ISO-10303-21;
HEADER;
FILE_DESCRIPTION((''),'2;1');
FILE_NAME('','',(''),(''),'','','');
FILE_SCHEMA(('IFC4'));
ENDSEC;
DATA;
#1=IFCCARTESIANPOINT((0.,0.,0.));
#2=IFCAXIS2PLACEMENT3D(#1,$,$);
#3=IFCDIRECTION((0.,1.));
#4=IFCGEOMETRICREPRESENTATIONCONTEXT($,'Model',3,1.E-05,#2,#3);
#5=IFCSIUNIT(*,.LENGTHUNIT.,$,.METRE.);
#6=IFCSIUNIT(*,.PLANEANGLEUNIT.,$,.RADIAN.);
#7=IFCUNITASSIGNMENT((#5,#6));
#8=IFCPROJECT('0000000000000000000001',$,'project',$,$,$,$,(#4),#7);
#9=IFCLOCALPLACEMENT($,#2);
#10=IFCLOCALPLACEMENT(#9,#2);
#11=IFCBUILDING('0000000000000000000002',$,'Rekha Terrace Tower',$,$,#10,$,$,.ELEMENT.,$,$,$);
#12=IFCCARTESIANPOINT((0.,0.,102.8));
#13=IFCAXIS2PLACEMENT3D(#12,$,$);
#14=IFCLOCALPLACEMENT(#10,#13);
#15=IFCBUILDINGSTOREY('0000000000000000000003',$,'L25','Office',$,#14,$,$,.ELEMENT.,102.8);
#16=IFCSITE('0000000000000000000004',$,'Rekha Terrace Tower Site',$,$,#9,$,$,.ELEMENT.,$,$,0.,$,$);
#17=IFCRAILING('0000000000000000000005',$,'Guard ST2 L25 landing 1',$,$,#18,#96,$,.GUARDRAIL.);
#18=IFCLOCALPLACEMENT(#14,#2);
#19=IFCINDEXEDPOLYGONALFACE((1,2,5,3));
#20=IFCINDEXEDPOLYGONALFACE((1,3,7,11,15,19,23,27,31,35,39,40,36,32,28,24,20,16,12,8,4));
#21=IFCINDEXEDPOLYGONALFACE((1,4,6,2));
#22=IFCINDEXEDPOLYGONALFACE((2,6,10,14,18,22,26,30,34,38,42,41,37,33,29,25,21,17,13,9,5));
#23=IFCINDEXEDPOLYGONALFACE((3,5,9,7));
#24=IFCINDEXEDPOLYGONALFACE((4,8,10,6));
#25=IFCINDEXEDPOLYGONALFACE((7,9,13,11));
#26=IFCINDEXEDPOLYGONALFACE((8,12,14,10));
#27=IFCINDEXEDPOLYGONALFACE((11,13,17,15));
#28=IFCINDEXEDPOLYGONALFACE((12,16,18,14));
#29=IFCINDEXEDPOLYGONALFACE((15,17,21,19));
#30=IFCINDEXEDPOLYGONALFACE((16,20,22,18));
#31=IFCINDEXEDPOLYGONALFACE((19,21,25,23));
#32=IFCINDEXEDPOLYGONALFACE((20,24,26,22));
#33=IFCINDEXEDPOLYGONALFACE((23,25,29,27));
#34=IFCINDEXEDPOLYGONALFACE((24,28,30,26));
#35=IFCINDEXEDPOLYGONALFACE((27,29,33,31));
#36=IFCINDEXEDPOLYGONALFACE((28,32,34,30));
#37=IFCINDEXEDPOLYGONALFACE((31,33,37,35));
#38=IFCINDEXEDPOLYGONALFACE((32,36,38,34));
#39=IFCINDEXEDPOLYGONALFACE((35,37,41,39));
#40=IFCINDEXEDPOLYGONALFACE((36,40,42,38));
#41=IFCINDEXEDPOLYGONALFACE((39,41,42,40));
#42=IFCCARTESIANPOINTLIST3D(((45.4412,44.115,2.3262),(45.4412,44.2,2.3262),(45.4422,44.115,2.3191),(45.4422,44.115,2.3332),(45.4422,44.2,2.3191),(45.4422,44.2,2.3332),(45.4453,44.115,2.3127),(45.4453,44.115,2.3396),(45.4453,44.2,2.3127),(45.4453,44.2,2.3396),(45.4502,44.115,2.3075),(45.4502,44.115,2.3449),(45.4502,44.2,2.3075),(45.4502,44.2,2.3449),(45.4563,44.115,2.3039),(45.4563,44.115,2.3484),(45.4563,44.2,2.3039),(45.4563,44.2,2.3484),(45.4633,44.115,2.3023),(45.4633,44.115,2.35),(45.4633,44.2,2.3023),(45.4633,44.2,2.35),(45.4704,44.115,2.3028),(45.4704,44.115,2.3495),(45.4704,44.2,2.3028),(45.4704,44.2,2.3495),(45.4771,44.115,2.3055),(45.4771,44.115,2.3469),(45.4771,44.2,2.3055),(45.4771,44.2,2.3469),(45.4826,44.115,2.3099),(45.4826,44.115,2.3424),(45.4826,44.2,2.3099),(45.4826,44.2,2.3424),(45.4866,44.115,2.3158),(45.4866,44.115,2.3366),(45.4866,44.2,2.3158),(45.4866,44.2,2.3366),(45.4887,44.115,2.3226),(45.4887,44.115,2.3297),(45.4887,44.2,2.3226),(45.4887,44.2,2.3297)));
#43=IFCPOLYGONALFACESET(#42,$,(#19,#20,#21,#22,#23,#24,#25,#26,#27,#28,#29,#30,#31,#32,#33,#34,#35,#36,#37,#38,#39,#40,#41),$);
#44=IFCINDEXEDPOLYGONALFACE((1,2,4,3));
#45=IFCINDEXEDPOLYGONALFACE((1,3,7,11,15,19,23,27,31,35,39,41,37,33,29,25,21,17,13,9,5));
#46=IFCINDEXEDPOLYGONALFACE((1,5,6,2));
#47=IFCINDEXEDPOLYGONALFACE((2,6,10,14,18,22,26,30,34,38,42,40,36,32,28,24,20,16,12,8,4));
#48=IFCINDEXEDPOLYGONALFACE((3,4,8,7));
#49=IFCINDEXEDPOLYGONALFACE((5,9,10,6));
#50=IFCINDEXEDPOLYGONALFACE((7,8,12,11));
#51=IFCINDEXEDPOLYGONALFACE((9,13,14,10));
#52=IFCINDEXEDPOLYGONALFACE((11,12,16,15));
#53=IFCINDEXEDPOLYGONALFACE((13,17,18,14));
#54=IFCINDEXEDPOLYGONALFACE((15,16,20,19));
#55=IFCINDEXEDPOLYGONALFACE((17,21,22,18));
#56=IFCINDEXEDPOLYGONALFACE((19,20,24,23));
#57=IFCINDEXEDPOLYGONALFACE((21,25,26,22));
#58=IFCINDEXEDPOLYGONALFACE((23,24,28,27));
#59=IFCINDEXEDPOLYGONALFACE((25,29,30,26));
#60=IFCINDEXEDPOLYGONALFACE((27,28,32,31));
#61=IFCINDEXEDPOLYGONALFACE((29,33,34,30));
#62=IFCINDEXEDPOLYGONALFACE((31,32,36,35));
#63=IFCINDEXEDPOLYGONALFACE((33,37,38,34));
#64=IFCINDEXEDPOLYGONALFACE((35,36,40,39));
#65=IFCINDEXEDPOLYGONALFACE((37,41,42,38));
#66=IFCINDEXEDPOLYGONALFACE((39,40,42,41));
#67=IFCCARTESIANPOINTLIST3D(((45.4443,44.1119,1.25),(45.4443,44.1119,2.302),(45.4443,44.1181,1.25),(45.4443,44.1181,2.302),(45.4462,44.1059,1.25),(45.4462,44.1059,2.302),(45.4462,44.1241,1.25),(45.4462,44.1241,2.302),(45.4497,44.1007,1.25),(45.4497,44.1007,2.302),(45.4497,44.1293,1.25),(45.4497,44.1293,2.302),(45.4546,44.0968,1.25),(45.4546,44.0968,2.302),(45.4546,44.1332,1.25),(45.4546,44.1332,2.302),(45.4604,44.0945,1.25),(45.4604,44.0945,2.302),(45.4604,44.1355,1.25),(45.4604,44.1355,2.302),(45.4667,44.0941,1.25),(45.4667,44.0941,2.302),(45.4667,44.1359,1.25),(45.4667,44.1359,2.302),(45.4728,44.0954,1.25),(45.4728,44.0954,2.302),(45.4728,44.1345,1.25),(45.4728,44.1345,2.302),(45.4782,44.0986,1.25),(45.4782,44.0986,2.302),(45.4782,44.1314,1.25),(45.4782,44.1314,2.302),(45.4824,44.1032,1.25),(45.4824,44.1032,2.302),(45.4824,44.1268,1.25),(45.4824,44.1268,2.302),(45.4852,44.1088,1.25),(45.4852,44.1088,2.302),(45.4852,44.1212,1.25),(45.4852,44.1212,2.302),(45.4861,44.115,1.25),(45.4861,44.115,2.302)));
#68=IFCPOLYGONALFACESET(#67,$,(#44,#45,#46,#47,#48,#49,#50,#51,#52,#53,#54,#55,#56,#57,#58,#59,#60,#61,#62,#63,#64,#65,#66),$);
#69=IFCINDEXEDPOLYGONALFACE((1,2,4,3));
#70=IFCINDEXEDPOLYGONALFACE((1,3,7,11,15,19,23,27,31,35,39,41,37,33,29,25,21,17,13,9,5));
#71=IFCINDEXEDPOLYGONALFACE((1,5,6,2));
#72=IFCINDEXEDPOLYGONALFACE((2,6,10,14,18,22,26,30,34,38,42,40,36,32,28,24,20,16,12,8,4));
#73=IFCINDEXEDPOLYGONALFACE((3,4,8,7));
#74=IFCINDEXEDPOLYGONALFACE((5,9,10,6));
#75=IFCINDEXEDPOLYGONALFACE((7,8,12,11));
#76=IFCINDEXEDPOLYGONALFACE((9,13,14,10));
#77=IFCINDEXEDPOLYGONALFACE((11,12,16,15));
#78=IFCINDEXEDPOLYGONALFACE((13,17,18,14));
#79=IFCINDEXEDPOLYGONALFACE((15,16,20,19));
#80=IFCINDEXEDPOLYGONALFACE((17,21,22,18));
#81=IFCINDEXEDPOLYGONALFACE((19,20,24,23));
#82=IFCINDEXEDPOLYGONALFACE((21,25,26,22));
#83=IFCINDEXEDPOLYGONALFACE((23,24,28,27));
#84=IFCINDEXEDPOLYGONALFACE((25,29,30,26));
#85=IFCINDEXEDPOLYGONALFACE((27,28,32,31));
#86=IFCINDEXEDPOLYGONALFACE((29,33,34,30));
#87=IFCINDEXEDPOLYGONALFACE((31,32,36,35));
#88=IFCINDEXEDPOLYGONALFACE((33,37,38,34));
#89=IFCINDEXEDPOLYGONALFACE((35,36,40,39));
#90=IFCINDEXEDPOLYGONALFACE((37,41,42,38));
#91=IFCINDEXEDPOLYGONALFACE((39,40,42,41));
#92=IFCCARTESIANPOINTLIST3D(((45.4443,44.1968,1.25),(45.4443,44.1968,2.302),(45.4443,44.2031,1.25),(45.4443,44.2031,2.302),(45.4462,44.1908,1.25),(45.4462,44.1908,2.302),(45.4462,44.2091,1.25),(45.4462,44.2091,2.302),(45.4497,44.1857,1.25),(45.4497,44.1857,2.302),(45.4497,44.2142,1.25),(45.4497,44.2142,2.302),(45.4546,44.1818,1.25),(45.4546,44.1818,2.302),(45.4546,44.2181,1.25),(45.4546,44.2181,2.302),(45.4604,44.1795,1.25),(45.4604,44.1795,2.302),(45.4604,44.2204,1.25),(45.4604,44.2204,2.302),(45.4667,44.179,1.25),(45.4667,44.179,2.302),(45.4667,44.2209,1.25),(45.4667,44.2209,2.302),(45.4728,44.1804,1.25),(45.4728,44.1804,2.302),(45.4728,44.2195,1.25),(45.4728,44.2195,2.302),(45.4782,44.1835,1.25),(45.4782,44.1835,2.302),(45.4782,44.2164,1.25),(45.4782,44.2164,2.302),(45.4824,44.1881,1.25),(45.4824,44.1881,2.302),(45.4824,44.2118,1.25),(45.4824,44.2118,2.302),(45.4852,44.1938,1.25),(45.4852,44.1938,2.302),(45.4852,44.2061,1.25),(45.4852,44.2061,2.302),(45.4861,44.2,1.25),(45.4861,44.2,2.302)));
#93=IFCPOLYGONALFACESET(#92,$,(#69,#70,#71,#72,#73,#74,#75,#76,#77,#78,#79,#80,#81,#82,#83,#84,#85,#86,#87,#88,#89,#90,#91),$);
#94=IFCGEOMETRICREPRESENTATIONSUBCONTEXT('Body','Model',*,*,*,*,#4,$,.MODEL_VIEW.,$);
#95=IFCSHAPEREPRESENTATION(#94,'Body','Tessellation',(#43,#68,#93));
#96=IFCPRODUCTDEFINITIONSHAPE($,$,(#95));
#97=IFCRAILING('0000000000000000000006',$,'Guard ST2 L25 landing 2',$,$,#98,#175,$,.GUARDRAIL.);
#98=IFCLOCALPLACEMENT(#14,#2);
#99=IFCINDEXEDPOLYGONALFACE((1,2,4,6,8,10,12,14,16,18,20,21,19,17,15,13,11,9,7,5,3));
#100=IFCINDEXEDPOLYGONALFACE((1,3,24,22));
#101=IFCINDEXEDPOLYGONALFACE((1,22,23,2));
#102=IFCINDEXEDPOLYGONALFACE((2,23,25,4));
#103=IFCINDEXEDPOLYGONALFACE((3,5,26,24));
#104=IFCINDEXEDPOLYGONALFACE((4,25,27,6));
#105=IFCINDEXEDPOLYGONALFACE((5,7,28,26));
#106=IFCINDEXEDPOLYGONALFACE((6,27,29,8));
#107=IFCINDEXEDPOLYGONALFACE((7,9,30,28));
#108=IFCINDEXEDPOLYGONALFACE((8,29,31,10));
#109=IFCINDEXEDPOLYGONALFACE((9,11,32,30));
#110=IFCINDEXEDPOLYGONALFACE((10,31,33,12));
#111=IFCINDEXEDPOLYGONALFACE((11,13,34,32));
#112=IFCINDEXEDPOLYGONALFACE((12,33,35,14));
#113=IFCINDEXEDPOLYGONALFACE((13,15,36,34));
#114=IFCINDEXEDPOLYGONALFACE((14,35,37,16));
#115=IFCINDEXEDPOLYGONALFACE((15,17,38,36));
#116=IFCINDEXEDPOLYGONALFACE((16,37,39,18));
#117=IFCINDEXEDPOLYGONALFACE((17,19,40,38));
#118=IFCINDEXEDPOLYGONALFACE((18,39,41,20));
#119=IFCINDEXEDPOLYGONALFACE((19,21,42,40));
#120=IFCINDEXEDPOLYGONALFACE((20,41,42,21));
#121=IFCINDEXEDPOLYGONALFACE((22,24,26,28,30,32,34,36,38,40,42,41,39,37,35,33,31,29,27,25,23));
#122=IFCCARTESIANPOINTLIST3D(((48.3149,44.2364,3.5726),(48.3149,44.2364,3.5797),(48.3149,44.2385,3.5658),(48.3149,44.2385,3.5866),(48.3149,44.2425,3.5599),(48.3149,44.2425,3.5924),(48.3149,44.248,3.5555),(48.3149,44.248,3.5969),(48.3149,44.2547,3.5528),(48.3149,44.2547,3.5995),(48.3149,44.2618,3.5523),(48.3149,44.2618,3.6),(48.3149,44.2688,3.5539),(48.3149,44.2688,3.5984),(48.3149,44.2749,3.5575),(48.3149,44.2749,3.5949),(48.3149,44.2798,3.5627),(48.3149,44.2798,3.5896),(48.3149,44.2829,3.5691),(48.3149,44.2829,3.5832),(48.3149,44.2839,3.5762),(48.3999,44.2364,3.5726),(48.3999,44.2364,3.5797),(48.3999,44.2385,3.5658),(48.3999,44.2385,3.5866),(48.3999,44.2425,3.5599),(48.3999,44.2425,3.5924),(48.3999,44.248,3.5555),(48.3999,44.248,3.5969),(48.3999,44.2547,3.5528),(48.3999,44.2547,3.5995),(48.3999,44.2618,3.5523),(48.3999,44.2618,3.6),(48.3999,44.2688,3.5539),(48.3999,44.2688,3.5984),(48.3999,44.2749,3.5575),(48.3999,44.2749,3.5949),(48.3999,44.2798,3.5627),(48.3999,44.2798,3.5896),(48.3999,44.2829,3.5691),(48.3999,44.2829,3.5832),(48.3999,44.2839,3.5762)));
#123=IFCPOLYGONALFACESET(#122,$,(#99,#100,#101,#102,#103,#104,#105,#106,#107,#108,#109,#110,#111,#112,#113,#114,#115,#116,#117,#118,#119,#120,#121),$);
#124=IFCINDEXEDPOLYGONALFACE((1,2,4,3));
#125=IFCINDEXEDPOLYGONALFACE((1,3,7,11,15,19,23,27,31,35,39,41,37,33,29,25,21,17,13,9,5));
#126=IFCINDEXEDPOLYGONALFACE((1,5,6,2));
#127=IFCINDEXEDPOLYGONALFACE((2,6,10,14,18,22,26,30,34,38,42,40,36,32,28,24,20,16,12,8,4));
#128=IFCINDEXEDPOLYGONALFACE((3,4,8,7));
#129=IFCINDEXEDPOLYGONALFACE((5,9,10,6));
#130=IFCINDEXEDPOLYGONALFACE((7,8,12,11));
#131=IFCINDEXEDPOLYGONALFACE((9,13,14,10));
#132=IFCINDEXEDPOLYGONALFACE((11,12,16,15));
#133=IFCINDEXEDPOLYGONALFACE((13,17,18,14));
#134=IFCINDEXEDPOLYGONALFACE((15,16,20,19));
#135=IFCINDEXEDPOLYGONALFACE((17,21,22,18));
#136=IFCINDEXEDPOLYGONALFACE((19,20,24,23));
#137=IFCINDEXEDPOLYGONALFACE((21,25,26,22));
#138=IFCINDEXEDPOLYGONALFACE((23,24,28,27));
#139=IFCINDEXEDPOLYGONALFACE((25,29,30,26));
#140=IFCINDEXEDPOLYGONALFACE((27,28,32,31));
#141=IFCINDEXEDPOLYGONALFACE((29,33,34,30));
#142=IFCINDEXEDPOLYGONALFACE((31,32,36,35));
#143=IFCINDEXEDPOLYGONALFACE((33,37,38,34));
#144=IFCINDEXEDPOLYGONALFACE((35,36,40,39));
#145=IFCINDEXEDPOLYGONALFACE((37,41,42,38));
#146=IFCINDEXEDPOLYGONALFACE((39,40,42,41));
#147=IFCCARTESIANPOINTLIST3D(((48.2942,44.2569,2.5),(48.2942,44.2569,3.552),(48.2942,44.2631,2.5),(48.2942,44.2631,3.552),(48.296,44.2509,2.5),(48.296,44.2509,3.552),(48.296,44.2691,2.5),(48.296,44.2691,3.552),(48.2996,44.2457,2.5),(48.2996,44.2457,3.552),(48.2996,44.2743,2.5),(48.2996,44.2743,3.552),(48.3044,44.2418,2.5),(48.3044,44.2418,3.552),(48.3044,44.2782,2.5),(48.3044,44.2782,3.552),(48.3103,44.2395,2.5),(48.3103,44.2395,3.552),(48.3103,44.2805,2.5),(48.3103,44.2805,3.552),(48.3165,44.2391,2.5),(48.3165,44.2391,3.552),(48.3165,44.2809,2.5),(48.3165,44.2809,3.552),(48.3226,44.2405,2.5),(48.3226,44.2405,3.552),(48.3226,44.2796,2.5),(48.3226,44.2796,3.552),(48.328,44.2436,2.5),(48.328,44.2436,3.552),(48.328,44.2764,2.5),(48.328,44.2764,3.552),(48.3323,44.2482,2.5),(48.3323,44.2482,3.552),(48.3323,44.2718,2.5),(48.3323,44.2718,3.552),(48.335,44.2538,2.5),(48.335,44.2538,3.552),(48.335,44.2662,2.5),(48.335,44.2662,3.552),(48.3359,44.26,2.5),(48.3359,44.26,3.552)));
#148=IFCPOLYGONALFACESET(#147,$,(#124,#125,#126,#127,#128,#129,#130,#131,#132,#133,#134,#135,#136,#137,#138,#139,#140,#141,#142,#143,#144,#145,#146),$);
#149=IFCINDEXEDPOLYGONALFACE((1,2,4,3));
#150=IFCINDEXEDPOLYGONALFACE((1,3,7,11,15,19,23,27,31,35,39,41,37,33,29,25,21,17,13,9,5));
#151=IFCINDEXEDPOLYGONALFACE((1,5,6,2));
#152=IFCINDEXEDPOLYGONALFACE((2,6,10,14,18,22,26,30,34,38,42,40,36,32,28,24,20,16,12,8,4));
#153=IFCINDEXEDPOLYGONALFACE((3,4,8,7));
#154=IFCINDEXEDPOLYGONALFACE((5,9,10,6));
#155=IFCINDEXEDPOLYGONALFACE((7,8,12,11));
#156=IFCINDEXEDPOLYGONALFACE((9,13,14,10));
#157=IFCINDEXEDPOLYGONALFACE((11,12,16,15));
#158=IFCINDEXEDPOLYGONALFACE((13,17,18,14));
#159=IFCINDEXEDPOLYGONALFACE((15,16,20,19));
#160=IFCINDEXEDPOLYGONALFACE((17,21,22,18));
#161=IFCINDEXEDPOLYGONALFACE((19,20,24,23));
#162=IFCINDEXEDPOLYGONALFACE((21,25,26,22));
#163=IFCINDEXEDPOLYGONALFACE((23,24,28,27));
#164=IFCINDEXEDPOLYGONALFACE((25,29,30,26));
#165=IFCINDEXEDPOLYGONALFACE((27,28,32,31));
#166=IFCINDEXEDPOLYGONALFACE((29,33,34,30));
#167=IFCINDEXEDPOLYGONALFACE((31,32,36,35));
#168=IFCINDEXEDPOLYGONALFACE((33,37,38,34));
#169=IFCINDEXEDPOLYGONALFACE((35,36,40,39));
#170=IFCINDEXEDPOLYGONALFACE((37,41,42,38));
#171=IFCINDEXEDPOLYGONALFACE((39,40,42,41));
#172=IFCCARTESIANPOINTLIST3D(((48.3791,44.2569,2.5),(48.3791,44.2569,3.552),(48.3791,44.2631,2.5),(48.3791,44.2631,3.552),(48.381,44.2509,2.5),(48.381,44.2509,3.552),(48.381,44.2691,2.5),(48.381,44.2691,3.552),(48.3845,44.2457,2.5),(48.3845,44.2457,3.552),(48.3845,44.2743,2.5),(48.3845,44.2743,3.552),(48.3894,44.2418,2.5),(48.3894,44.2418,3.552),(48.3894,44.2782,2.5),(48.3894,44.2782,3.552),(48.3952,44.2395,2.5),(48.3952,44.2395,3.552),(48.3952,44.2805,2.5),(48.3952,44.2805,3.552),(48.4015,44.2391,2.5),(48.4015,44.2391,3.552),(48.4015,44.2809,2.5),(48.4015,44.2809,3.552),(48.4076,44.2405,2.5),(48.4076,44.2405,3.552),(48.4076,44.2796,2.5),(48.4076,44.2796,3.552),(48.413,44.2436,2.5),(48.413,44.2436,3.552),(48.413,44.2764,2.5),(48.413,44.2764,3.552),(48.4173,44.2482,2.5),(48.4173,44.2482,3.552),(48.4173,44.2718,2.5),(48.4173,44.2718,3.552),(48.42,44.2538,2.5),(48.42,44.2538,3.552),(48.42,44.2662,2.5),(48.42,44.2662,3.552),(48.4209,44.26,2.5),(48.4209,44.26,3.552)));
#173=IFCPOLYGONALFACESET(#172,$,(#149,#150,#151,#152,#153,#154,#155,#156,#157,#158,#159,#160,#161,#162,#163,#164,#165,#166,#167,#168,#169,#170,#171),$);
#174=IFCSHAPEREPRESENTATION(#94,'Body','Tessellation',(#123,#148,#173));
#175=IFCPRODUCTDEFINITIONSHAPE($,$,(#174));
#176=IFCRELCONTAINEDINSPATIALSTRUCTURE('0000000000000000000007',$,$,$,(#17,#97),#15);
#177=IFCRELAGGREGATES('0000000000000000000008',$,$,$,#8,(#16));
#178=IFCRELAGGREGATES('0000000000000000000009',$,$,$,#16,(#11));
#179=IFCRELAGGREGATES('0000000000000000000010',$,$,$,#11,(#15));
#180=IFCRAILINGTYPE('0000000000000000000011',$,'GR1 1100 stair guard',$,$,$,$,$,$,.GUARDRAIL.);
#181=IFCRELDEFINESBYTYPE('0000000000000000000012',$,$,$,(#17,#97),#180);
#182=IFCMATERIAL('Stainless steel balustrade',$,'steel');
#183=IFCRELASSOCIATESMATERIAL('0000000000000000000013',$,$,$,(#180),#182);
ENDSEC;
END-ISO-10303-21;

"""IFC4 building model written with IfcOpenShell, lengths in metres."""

from ifc_helpers import new_model, si_unit, direction, frame, origin, origin_2d, place, context, subcontext, project, spatial, circle, extrude, material, type_object, element, save


model = new_model("IFC4")

# Units and contexts
model_context = context("Model", 3, precision=1e-05, world=origin(), true_north=direction((0.0, 1.0)))
body_context = subcontext(model_context, "Body", "Model", "MODEL_VIEW")
ifc_project = project(units=[si_unit("LENGTHUNIT", "METRE"), si_unit("PLANEANGLEUNIT", "RADIAN")], contexts=[model_context])

# Site, building, storey
site_placement = place(None, origin())
site = spatial("IfcSite", under=ifc_project, at=site_placement, Name="Rekha Terrace Tower Site", CompositionType="ELEMENT", RefElevation=0.0)
building_placement = place(site_placement, origin())
building = spatial("IfcBuilding", under=site, at=building_placement, Name="Rekha Terrace Tower", CompositionType="ELEMENT")
storey_placement = place(building_placement, frame((0.0, 0.0, 102.8)))
storey = spatial("IfcBuildingStorey", under=building, at=storey_placement, Name="L25", Description="Office", CompositionType="ELEMENT", Elevation=102.8)

# Railings
ifc_material_1 = material(Name="Stainless steel balustrade", Category="steel")
railing_type_1 = type_object("IfcRailingType", Name="GR1 1100 stair guard", PredefinedType="GUARDRAIL", material=ifc_material_1)
railing_1_placement = place(storey_placement, frame((45.4651, 44.115, 1.25)))
element("IfcRailing", 1, at=railing_1_placement, inside=storey, type_object=railing_type_1, Name="Guard ST2 L25 landing 1", PredefinedType="GUARDRAIL", context=body_context, shape_type="SweptSolid", body=[
    extrude(circle(Radius=0.0239, at=origin_2d()), frame((0.0, 0.0, 1.0762), z_axis=(0.0, 1.0, 0.0), x_axis=(-1.0, 0.0, 0.0)), (0.0, 0.0, 1.0), 0.085),
    extrude(circle(Radius=0.021, at=origin_2d()), origin(), (0.0, 0.0, 1.0), 1.052),
    extrude(circle(Radius=0.021, at=origin_2d()), frame((0.0, 0.085, 0.0)), (0.0, 0.0, 1.0), 1.052),
])
railing_2_placement = place(storey_placement, frame((48.3149, 44.26, 2.5)))
element("IfcRailing", 2, at=railing_2_placement, inside=storey, type_object=railing_type_1, Name="Guard ST2 L25 landing 2", PredefinedType="GUARDRAIL", context=body_context, shape_type="SweptSolid", body=[
    extrude(circle(Radius=0.0239, at=origin_2d()), frame((0.0, 0.0, 1.0762), z_axis=(1.0, 0.0, 0.0), x_axis=(0.0, 1.0, 0.0)), (0.0, 0.0, 1.0), 0.085),
    extrude(circle(Radius=0.021, at=origin_2d()), origin(), (0.0, 0.0, 1.0), 1.052),
    extrude(circle(Radius=0.021, at=origin_2d()), frame((0.085, 0.0, 0.0)), (0.0, 0.0, 1.0), 1.052),
])

save(model, "model.ifc")
